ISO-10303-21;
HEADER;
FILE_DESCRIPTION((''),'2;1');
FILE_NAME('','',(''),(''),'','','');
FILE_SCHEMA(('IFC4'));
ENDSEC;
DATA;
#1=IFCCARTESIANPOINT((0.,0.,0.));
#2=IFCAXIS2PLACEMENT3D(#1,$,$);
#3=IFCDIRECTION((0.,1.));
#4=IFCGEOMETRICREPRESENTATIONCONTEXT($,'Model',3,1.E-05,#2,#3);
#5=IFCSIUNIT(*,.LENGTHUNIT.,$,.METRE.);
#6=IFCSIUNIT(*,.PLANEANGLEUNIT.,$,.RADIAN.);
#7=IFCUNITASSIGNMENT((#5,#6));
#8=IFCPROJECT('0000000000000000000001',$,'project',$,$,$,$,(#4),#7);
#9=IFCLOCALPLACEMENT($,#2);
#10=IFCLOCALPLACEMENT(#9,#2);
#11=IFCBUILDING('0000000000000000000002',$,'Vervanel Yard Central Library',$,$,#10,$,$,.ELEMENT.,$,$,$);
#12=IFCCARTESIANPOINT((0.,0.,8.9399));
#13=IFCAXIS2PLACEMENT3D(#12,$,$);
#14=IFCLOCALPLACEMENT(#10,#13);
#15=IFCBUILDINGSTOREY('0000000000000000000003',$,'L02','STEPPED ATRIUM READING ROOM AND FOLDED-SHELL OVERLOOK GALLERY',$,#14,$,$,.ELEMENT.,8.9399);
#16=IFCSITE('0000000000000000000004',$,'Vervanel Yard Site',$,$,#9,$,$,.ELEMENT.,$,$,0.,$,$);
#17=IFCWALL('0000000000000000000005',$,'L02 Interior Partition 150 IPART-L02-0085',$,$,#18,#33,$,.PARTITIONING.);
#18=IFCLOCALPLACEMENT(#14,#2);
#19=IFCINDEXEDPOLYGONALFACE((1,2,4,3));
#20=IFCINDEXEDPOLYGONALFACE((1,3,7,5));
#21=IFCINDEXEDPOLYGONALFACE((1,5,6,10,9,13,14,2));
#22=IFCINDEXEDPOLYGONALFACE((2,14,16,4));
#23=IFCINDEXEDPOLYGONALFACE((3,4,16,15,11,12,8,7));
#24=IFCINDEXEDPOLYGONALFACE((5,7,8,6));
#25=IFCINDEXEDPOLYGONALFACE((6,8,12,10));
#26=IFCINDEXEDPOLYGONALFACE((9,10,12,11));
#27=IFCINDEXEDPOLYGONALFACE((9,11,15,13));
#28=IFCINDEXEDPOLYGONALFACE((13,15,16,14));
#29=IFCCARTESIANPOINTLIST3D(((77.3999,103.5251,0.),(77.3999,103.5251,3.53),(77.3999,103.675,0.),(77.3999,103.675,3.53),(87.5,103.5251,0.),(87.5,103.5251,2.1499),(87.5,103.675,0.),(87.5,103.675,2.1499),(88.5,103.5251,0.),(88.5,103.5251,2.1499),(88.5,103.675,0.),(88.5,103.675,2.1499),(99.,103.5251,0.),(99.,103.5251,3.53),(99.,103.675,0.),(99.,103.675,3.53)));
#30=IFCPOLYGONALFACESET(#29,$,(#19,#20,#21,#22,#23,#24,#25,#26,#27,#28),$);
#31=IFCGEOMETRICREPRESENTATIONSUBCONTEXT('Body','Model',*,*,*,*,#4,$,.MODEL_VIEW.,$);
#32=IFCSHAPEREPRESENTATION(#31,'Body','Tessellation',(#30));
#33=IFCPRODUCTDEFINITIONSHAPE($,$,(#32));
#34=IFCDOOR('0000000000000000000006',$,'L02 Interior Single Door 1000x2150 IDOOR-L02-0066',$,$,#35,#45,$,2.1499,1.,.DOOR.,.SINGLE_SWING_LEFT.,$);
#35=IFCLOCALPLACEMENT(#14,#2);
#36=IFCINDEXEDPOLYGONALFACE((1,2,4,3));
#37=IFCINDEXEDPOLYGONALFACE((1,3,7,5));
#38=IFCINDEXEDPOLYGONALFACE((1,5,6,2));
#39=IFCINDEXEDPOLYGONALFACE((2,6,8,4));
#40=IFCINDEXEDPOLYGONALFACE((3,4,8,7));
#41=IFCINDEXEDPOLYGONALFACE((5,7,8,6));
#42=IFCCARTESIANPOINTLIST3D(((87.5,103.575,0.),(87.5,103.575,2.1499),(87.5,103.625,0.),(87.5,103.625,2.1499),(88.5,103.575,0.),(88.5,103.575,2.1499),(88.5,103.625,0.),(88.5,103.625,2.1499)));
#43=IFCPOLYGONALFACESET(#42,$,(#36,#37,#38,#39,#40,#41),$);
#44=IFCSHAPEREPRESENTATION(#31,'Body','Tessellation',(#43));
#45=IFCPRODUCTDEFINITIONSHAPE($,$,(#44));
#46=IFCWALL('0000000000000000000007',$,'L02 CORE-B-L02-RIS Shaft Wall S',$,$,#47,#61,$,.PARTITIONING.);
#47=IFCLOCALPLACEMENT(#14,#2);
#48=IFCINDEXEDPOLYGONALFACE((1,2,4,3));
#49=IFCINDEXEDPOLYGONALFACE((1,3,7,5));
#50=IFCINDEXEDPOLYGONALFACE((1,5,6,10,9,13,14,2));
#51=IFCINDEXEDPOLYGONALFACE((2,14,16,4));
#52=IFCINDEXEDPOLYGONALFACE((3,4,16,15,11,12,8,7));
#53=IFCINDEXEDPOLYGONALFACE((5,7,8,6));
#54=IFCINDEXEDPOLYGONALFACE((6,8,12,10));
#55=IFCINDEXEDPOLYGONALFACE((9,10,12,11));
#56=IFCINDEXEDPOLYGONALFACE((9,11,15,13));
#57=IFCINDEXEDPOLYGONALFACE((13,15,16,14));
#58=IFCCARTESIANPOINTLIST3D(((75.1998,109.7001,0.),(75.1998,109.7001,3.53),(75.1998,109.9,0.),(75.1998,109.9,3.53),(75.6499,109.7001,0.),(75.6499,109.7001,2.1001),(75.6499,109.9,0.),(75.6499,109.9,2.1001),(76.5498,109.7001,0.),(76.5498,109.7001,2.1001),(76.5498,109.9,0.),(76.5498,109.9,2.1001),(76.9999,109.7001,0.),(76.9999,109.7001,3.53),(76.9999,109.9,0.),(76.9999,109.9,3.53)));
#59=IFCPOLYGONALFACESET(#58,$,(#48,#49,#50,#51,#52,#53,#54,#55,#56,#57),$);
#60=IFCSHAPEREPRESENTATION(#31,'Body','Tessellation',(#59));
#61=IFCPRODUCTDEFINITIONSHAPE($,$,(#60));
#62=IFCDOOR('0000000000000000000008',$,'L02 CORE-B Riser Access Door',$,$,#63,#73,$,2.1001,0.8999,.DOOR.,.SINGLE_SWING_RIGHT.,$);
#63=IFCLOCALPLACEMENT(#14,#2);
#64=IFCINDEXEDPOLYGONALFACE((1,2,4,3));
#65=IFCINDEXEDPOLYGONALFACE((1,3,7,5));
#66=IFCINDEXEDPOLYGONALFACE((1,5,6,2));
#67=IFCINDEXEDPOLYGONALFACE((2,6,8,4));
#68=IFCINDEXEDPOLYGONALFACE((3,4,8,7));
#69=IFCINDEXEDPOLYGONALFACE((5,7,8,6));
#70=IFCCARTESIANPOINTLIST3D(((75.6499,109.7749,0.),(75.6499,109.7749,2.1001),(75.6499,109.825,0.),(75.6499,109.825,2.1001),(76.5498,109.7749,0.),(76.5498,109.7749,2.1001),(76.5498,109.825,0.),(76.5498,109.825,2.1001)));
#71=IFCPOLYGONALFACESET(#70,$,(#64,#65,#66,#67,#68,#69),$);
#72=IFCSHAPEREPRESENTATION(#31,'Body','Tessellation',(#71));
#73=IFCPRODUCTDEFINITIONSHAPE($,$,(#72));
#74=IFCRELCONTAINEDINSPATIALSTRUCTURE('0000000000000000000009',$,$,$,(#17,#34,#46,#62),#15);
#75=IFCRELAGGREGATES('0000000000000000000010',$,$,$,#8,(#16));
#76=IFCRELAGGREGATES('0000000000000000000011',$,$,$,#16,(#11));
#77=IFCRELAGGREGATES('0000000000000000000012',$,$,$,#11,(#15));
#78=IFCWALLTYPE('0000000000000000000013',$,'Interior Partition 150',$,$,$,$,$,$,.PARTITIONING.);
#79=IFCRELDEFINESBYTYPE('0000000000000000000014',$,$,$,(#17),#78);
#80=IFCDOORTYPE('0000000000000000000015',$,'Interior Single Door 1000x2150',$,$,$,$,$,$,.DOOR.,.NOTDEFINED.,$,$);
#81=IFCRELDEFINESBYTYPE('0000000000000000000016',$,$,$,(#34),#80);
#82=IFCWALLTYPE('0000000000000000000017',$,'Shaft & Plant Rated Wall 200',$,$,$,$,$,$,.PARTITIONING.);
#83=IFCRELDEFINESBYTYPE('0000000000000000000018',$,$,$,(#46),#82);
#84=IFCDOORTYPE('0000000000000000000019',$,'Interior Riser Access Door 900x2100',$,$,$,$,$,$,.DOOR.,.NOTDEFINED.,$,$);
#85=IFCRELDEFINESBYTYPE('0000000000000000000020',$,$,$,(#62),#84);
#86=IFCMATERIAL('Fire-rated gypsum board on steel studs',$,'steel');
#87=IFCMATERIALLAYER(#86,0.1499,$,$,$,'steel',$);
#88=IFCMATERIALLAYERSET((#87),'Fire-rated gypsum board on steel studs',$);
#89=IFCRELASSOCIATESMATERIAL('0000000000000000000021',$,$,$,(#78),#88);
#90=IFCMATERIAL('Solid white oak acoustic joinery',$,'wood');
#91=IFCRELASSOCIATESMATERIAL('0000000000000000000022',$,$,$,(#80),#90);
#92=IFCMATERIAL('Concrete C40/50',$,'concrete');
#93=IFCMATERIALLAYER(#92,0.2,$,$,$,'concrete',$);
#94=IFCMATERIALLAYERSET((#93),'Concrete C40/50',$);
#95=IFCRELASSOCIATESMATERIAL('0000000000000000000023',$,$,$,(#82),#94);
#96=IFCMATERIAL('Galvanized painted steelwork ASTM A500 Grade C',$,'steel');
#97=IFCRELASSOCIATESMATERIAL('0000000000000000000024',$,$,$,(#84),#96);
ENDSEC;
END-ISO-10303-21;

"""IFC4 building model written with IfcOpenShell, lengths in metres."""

from ifc_helpers import new_model, si_unit, direction, frame, frame_2d, origin, place, context, subcontext, project, spatial, rectangle, extrude, material, layer, layer_set, type_object, element, fill, save


model = new_model("IFC4")

# Units and contexts
model_context = context("Model", 3, precision=1e-05, world=origin(), true_north=direction((0.0, 1.0)))
body_context = subcontext(model_context, "Body", "Model", "MODEL_VIEW")
ifc_project = project(units=[si_unit("LENGTHUNIT", "METRE"), si_unit("PLANEANGLEUNIT", "RADIAN")], contexts=[model_context])

# Site, building, storey
site_placement = place(None, origin())
site = spatial("IfcSite", under=ifc_project, at=site_placement, Name="Vervanel Yard Site", CompositionType="ELEMENT", RefElevation=0.0)
building_placement = place(site_placement, origin())
building = spatial("IfcBuilding", under=site, at=building_placement, Name="Vervanel Yard Central Library", CompositionType="ELEMENT")
storey_placement = place(building_placement, frame((0.0, 0.0, 8.9399)))
storey = spatial("IfcBuildingStorey", under=building, at=storey_placement, Name="L02", Description="STEPPED ATRIUM READING ROOM AND FOLDED-SHELL OVERLOOK GALLERY", CompositionType="ELEMENT", Elevation=8.9399)

# Shared definitions
ifc_material_1 = material(Name="Concrete C40/50", Category="concrete")

# Walls, openings, doors
ifc_material_2 = material(Name="Galvanized painted steelwork ASTM A500 Grade C", Category="steel")
ifc_material_3 = material(Name="Fire-rated gypsum board on steel studs", Category="steel")
ifc_layer_1 = layer(ifc_material_3, 0.1499, Category="steel")
ifc_layer_set_1 = layer_set([ifc_layer_1], Name="Fire-rated gypsum board on steel studs")
wall_type_1 = type_object("IfcWallType", Name="Interior Partition 150", PredefinedType="PARTITIONING", material=ifc_layer_set_1)
wall_1_placement = place(storey_placement, frame((77.3999, 103.6001, 0.0), z_axis=(0.0, 0.0, 1.0), x_axis=(1.0, 0.0, 0.0)))
wall_1 = element("IfcWall", 1, at=wall_1_placement, inside=storey, type_object=wall_type_1, Name="L02 Interior Partition 150 IPART-L02-0085", PredefinedType="PARTITIONING", context=body_context, shape_type="SweptSolid", body=[
    extrude(rectangle(XDim=21.6001, YDim=0.1499, at=frame_2d((10.8, 0.0))), origin(), (0.0, 0.0, 1.0), 3.53),
])
opening_1_placement = place(wall_1_placement, frame((10.1001, 0.0, 0.0)))
opening_1 = element("IfcOpeningElement", 2, at=opening_1_placement, cuts=wall_1, PredefinedType="OPENING", context=body_context, shape_type="SweptSolid", body=[
    extrude(rectangle(XDim=1.0, YDim=2.1499, at=frame_2d((0.5, 1.075))), frame((0.0, 0.085, 0.0), z_axis=(0.0, -1.0, 0.0), x_axis=(1.0, 0.0, 0.0)), (0.0, 0.0, 1.0), 0.1699),
])
ifc_material_4 = material(Name="Solid white oak acoustic joinery", Category="wood")
door_type_1 = type_object("IfcDoorType", Name="Interior Single Door 1000x2150", OperationType="NOTDEFINED", PredefinedType="DOOR", material=ifc_material_4)
door_1_placement = place(opening_1_placement, origin())
door_1 = element("IfcDoor", 3, at=door_1_placement, inside=storey, type_object=door_type_1, Name="L02 Interior Single Door 1000x2150 IDOOR-L02-0066", OperationType="SINGLE_SWING_LEFT", OverallHeight=2.1499, OverallWidth=1.0, PredefinedType="DOOR", context=body_context, shape_type="SweptSolid", body=[
    extrude(rectangle(XDim=1.0, YDim=2.1499, at=frame_2d((0.5, 1.075))), frame((0.0, 0.0249, 0.0), z_axis=(0.0, -1.0, 0.0), x_axis=(1.0, 0.0, 0.0)), (0.0, 0.0, 1.0), 0.05),
])
fill(opening_1, door_1)
ifc_layer_2 = layer(ifc_material_1, 0.2, Category="concrete")
ifc_layer_set_2 = layer_set([ifc_layer_2], Name="Concrete C40/50")
wall_type_2 = type_object("IfcWallType", Name="Shaft & Plant Rated Wall 200", PredefinedType="PARTITIONING", material=ifc_layer_set_2)
wall_2_placement = place(storey_placement, frame((75.2, 109.8, 0.0), z_axis=(0.0, 0.0, 1.0), x_axis=(1.0, 0.0, 0.0)))
wall_2 = element("IfcWall", 4, at=wall_2_placement, inside=storey, type_object=wall_type_2, Name="L02 CORE-B-L02-RIS Shaft Wall S", PredefinedType="PARTITIONING", context=body_context, shape_type="SweptSolid", body=[
    extrude(rectangle(XDim=1.8, YDim=0.2, at=frame_2d((0.8999, 0.0))), origin(), (0.0, 0.0, 1.0), 3.53),
])
opening_2_placement = place(wall_2_placement, frame((0.45, 0.0, 0.0)))
opening_2 = element("IfcOpeningElement", 5, at=opening_2_placement, cuts=wall_2, PredefinedType="OPENING", context=body_context, shape_type="SweptSolid", body=[
    extrude(rectangle(XDim=0.8999, YDim=2.1001, at=frame_2d((0.45, 1.05))), frame((0.0, 0.1099, 0.0), z_axis=(0.0, -1.0, 0.0), x_axis=(1.0, 0.0, 0.0)), (0.0, 0.0, 1.0), 0.22),
])
door_type_2 = type_object("IfcDoorType", Name="Interior Riser Access Door 900x2100", OperationType="NOTDEFINED", PredefinedType="DOOR", material=ifc_material_2)
door_2_placement = place(opening_2_placement, origin())
door_2 = element("IfcDoor", 6, at=door_2_placement, inside=storey, type_object=door_type_2, Name="L02 CORE-B Riser Access Door", OperationType="SINGLE_SWING_RIGHT", OverallHeight=2.1001, OverallWidth=0.8999, PredefinedType="DOOR", context=body_context, shape_type="SweptSolid", body=[
    extrude(rectangle(XDim=0.8999, YDim=2.1001, at=frame_2d((0.45, 1.05))), frame((0.0, 0.0249, 0.0), z_axis=(0.0, -1.0, 0.0), x_axis=(1.0, 0.0, 0.0)), (0.0, 0.0, 1.0), 0.05),
])
fill(opening_2, door_2)

save(model, "model.ifc")
